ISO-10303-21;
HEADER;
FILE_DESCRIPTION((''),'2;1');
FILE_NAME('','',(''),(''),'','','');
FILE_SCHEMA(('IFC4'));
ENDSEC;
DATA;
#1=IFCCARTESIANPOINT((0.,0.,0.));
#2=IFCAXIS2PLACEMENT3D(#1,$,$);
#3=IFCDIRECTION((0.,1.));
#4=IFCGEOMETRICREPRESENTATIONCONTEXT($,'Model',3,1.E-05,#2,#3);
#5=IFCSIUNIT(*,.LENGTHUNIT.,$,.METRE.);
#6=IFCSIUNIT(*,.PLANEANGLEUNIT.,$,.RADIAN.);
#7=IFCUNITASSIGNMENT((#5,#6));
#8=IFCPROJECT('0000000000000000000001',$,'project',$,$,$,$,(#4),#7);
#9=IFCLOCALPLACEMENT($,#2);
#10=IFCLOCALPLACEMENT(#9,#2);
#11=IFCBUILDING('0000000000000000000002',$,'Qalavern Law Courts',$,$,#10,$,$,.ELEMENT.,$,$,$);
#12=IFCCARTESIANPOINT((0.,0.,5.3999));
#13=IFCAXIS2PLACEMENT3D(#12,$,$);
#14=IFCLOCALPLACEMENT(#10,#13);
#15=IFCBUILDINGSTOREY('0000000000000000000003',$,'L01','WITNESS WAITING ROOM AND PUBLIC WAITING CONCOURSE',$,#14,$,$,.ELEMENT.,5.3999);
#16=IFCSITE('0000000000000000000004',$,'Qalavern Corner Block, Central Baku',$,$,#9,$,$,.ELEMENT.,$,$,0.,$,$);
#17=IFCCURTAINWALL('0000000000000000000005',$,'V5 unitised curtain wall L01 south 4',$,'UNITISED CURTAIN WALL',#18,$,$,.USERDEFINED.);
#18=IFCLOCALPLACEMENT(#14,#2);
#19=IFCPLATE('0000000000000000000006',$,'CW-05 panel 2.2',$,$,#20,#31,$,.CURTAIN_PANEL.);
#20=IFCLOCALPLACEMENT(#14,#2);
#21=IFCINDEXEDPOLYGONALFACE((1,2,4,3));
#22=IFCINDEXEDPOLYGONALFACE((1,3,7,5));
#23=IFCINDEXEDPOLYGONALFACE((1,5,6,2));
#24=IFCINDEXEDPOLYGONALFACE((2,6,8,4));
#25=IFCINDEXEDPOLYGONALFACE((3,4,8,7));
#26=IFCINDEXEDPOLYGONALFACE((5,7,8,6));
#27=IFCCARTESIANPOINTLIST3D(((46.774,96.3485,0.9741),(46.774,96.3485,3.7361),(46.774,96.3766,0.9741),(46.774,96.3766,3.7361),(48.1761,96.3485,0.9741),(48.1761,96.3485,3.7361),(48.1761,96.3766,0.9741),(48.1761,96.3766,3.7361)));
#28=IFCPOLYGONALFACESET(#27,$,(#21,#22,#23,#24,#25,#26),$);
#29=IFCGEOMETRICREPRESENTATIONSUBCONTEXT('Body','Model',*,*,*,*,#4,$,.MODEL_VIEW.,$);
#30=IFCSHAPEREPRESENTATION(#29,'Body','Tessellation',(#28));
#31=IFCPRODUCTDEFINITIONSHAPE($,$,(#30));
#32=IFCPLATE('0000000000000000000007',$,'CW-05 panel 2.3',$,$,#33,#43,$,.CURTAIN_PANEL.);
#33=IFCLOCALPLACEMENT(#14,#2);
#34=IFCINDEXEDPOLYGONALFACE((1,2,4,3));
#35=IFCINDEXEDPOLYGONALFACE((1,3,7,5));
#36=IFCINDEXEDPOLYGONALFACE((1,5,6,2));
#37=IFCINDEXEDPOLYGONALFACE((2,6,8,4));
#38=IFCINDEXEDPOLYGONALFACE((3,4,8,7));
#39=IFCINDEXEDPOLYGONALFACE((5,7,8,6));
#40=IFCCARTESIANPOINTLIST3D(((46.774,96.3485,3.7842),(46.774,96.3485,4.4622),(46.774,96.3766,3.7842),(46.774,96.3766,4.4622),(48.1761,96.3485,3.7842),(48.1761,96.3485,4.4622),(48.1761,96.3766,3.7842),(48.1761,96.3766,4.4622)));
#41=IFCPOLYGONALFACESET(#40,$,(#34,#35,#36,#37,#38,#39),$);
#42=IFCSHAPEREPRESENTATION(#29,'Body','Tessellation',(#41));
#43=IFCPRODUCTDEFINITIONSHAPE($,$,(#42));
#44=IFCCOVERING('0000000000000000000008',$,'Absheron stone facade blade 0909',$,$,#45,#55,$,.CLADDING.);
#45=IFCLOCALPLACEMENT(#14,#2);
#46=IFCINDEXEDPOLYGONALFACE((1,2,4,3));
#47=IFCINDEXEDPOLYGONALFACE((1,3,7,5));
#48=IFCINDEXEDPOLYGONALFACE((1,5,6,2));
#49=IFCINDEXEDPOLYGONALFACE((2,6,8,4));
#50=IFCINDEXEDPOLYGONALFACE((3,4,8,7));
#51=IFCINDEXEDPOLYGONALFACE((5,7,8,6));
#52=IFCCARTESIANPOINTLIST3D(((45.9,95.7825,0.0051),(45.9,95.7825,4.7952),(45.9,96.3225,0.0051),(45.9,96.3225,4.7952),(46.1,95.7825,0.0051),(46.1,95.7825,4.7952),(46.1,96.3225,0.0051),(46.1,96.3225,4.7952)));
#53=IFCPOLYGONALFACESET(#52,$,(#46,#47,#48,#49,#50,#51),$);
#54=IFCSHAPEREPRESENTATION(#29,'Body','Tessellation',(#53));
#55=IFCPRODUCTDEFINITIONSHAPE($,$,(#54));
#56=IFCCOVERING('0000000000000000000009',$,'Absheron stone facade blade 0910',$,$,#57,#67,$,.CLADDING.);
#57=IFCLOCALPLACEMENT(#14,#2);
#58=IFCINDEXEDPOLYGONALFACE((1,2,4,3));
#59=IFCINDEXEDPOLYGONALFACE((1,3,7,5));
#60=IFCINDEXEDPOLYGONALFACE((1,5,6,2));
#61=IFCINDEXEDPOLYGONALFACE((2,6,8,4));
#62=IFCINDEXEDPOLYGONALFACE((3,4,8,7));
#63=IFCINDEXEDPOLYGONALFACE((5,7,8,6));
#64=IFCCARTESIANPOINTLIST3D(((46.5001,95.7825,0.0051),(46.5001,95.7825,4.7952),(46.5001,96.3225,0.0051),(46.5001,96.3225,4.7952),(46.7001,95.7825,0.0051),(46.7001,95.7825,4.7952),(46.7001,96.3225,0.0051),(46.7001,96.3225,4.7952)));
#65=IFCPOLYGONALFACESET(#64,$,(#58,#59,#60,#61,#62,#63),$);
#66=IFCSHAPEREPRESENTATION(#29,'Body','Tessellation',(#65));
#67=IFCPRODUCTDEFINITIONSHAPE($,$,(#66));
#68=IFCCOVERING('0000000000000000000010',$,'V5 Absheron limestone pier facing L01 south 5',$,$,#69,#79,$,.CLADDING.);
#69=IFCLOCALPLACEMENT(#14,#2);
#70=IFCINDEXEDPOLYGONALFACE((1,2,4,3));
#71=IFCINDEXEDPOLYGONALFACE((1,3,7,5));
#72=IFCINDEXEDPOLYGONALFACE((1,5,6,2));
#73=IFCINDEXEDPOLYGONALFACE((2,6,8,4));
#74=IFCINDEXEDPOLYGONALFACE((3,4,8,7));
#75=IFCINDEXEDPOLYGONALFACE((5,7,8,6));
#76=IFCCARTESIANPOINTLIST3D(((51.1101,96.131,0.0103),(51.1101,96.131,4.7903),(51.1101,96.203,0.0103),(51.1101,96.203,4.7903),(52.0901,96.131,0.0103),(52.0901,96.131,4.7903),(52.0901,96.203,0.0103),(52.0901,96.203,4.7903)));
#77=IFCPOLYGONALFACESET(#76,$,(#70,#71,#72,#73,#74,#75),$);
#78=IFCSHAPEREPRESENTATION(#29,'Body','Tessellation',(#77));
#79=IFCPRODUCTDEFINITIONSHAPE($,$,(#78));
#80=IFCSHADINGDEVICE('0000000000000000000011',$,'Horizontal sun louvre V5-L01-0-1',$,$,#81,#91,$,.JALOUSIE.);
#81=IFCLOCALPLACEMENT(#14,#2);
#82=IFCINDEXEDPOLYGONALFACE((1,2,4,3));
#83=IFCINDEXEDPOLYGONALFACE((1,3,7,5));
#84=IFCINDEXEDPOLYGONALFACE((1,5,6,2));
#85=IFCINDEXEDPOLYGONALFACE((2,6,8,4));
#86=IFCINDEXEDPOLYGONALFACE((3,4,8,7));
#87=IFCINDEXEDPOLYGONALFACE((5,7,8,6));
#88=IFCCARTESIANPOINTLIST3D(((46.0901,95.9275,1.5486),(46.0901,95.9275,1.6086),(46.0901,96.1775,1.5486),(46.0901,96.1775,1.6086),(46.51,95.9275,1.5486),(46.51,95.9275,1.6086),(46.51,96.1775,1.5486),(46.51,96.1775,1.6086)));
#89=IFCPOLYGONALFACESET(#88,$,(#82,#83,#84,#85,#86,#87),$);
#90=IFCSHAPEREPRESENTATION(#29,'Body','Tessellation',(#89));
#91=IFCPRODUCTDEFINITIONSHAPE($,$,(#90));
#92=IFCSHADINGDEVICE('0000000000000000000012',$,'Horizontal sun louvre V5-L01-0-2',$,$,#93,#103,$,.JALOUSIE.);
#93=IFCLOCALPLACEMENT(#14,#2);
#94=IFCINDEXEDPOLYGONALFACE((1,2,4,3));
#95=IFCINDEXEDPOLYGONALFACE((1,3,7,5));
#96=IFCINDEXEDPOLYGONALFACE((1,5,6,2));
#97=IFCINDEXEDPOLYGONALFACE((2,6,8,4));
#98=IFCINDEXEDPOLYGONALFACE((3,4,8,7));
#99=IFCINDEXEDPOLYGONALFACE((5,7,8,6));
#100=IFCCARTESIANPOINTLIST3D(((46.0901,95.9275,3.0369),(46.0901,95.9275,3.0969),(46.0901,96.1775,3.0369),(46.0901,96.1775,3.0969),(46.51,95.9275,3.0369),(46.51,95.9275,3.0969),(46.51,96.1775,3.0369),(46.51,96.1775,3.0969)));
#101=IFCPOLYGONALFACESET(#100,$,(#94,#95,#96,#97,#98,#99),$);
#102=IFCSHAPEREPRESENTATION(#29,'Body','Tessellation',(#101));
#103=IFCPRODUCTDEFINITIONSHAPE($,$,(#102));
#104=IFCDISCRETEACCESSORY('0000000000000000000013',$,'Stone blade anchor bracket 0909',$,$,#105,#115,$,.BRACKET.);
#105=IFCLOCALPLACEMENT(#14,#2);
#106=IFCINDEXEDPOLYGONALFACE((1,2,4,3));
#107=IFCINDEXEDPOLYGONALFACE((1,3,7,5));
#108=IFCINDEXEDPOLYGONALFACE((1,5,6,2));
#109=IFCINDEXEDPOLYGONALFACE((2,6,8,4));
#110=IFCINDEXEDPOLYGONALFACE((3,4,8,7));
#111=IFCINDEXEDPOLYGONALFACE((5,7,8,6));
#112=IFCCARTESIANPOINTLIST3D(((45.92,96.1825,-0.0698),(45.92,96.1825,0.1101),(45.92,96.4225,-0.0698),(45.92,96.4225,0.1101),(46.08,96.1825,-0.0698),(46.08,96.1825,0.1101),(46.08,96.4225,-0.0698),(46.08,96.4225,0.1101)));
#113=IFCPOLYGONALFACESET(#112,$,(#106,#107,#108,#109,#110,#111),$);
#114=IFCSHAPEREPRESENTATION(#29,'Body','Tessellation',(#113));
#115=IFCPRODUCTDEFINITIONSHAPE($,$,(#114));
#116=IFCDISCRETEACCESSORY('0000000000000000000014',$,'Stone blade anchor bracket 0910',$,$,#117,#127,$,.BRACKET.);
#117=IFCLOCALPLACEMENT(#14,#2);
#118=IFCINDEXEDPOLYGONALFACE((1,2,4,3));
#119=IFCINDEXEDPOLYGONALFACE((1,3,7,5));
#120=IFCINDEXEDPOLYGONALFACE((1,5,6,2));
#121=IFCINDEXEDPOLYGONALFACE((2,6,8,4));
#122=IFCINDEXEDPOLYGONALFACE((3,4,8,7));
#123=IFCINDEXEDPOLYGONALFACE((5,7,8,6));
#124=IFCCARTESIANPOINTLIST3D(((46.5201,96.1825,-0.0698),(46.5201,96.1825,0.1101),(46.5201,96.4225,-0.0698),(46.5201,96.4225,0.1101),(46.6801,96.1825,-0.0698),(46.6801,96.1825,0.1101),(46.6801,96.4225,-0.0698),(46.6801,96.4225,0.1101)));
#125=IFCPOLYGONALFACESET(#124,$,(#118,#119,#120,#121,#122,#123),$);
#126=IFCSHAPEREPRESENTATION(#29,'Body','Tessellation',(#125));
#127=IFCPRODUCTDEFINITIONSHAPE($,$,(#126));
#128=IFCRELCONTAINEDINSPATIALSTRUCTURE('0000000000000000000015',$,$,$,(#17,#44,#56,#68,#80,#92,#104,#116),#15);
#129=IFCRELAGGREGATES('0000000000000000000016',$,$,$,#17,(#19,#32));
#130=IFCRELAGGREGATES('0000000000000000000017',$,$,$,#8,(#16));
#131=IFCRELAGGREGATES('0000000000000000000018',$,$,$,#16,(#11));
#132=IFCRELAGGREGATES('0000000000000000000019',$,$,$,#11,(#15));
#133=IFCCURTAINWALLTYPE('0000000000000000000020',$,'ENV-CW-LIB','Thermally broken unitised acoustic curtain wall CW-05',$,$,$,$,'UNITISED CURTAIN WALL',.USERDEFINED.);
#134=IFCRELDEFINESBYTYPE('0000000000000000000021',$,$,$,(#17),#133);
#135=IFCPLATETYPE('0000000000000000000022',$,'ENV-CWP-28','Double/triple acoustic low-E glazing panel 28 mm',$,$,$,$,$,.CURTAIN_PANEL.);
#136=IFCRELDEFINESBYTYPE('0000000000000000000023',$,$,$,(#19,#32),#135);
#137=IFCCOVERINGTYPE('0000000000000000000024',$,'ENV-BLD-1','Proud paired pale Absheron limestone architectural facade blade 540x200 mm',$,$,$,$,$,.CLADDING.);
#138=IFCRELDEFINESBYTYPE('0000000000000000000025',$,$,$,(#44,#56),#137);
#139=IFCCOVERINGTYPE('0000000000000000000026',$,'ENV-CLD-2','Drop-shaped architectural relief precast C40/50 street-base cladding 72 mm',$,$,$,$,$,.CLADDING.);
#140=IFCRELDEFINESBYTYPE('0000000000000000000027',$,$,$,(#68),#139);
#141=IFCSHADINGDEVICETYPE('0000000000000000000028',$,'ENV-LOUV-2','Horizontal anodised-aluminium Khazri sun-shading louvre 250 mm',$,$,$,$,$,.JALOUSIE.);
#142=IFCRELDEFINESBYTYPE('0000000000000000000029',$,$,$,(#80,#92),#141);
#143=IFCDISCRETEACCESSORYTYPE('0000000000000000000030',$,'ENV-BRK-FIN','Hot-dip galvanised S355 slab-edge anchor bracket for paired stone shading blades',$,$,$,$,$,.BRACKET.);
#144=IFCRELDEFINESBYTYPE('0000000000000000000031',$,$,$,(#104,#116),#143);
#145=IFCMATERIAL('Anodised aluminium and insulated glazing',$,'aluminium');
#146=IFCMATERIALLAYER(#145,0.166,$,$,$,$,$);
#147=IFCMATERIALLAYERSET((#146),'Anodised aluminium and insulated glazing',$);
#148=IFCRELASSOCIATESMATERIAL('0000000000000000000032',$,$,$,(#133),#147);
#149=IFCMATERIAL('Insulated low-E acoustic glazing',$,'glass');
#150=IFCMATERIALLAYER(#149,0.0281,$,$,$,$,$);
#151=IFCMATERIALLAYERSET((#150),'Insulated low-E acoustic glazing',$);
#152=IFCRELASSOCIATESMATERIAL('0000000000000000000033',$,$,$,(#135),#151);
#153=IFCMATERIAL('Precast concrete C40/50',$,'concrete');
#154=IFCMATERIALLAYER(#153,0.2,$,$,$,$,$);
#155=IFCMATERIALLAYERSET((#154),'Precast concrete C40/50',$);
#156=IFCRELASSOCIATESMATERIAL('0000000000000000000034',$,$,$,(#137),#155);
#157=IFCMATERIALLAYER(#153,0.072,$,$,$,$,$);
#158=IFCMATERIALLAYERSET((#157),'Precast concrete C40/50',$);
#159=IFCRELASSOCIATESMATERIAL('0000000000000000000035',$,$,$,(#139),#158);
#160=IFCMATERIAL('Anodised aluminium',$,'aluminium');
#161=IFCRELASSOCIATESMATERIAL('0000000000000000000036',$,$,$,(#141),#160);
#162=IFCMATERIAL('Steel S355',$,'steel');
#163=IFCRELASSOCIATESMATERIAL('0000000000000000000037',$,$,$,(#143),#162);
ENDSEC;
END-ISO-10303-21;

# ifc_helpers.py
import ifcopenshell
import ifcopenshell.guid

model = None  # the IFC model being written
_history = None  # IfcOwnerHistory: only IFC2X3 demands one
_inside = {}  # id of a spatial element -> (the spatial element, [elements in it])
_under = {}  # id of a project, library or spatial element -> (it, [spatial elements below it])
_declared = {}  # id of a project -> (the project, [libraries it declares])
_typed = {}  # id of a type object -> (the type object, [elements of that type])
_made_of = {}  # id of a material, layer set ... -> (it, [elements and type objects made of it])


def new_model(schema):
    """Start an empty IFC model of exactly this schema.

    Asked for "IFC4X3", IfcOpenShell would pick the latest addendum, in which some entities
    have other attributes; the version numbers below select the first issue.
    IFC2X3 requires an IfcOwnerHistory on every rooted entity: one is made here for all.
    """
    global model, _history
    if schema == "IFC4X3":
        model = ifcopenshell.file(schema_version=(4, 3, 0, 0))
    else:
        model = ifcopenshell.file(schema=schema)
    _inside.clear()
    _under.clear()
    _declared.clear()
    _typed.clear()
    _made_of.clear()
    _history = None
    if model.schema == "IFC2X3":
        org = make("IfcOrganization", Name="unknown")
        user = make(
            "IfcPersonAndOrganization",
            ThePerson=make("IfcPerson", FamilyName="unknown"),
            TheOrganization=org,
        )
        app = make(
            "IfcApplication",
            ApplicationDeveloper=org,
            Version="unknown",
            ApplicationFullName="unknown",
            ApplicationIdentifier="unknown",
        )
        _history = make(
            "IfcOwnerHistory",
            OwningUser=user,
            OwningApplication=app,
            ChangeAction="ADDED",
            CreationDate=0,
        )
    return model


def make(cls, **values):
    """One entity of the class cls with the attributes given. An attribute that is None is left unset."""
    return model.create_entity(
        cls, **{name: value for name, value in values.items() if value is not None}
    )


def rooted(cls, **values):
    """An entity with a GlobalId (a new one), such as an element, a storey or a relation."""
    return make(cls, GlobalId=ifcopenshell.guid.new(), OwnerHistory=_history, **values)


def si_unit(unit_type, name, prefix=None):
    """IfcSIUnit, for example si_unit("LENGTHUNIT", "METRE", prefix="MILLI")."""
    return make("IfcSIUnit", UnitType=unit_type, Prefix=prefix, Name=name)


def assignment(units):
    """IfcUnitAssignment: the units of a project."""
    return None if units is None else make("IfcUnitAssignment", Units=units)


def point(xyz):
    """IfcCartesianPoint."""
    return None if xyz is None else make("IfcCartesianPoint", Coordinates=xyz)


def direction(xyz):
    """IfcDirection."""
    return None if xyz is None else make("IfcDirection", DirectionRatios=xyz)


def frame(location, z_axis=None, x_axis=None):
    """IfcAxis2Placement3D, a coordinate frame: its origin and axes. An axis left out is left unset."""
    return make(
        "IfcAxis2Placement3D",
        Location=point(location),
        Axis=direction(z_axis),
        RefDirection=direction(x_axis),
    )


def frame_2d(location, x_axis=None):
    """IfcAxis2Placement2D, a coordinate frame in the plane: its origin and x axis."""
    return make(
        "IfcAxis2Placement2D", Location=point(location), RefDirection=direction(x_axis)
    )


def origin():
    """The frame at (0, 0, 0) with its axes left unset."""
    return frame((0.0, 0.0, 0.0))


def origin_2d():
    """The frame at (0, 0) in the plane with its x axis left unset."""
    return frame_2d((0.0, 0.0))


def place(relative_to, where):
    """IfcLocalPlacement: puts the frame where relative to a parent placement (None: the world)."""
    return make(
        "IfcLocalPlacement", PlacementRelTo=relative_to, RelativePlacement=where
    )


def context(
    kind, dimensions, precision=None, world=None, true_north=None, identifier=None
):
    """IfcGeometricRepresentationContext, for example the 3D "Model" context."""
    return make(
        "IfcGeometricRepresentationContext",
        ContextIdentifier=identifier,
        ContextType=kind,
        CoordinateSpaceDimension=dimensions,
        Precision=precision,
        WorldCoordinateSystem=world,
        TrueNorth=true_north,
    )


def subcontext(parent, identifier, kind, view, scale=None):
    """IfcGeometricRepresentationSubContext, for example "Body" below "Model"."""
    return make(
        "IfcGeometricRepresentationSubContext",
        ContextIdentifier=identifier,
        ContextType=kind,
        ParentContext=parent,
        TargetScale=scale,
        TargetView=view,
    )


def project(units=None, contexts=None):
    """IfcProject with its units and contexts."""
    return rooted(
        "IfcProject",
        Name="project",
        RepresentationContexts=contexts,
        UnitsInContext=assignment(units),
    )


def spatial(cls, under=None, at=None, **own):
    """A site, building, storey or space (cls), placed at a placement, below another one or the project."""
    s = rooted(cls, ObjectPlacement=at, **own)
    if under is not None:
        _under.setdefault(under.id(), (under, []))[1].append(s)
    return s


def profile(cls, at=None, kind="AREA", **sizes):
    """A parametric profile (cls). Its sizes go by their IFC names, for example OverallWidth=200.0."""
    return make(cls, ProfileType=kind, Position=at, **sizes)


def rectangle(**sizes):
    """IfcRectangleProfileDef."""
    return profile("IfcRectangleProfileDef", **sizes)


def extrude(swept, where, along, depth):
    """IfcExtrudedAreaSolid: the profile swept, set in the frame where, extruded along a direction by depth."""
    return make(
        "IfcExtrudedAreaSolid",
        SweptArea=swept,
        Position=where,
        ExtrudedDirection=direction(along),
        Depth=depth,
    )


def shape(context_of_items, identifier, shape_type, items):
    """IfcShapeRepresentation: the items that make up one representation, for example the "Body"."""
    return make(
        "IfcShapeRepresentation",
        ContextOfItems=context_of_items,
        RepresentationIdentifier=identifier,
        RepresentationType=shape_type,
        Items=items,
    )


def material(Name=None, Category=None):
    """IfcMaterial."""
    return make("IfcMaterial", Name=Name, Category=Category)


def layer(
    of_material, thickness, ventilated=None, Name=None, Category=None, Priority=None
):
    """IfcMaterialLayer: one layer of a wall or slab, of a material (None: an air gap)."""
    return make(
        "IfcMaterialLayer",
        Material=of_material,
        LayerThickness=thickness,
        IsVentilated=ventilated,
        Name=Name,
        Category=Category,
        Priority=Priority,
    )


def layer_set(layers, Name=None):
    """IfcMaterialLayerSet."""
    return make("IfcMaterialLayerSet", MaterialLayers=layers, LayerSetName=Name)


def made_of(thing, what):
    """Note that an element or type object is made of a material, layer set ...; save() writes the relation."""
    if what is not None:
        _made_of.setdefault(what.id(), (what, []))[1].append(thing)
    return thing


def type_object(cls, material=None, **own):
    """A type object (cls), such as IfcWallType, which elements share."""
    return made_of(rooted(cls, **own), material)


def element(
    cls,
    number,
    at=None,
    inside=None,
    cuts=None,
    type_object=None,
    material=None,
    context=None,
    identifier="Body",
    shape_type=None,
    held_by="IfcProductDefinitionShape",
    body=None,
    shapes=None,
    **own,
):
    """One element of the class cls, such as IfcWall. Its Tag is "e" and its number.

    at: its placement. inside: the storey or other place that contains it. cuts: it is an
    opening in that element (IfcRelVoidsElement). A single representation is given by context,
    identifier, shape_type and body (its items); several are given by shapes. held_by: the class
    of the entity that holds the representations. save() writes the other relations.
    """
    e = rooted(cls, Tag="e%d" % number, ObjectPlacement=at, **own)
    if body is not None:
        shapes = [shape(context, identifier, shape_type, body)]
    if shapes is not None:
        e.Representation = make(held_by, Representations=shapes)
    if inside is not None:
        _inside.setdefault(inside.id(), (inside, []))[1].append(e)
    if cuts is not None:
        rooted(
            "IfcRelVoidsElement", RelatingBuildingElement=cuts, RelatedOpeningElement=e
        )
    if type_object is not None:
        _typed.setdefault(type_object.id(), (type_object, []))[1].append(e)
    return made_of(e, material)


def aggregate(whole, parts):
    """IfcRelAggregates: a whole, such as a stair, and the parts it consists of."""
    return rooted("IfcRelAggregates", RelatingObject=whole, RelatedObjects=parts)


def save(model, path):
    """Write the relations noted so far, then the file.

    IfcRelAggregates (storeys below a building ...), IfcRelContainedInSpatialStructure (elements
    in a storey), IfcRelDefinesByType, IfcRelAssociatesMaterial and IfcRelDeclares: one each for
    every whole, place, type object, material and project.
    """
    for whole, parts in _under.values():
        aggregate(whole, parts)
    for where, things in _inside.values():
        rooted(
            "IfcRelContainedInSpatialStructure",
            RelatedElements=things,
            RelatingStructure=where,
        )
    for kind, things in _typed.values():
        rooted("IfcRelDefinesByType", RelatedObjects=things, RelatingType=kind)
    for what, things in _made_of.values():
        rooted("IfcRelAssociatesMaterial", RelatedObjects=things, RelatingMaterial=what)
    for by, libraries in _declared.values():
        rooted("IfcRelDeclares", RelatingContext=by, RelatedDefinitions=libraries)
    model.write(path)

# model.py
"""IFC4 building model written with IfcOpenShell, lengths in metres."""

from ifc_helpers import new_model, si_unit, direction, frame, origin, origin_2d, place, context, subcontext, project, spatial, rectangle, extrude, material, layer, layer_set, type_object, element, aggregate, save


model = new_model("IFC4")

# Units and contexts
model_context = context("Model", 3, precision=1e-05, world=origin(), true_north=direction((0.0, 1.0)))
body_context = subcontext(model_context, "Body", "Model", "MODEL_VIEW")
ifc_project = project(units=[si_unit("LENGTHUNIT", "METRE"), si_unit("PLANEANGLEUNIT", "RADIAN")], contexts=[model_context])

# Site, building, storey
site_placement = place(None, origin())
site = spatial("IfcSite", under=ifc_project, at=site_placement, Name="Qalavern Corner Block, Central Baku", CompositionType="ELEMENT", RefElevation=0.0)
building_placement = place(site_placement, origin())
building = spatial("IfcBuilding", under=site, at=building_placement, Name="Qalavern Law Courts", CompositionType="ELEMENT")
storey_placement = place(building_placement, frame((0.0, 0.0, 5.3999)))
storey = spatial("IfcBuildingStorey", under=building, at=storey_placement, Name="L01", Description="WITNESS WAITING ROOM AND PUBLIC WAITING CONCOURSE", CompositionType="ELEMENT", Elevation=5.3999)

# Curtain wall, plates
ifc_material_1 = material(Name="Anodised aluminium and insulated glazing", Category="aluminium")
ifc_layer_1 = layer(ifc_material_1, 0.166)
ifc_layer_set_1 = layer_set([ifc_layer_1], Name="Anodised aluminium and insulated glazing")
curtain_wall_type = type_object("IfcCurtainWallType", Name="ENV-CW-LIB", Description="Thermally broken unitised acoustic curtain wall CW-05", ElementType="UNITISED CURTAIN WALL", PredefinedType="USERDEFINED", material=ifc_layer_set_1)
curtain_wall_placement = place(storey_placement, origin())
curtain_wall = element("IfcCurtainWall", 1, at=curtain_wall_placement, inside=storey, type_object=curtain_wall_type, Name="V5 unitised curtain wall L01 south 4", ObjectType="UNITISED CURTAIN WALL", PredefinedType="USERDEFINED")
ifc_material_2 = material(Name="Anodised aluminium", Category="aluminium")
ifc_material_3 = material(Name="Insulated low-E acoustic glazing", Category="glass")
ifc_layer_2 = layer(ifc_material_3, 0.0281)
ifc_layer_set_2 = layer_set([ifc_layer_2], Name="Insulated low-E acoustic glazing")
plate_type = type_object("IfcPlateType", Name="ENV-CWP-28", Description="Double/triple acoustic low-E glazing panel 28 mm", PredefinedType="CURTAIN_PANEL", material=ifc_layer_set_2)
plate_1_placement = place(storey_placement, frame((47.4751, 96.3625, 0.9741), z_axis=(0.0, 0.0, 1.0), x_axis=(1.0, 0.0, 0.0)))
plate_1 = element("IfcPlate", 2, at=plate_1_placement, type_object=plate_type, Name="CW-05 panel 2.2", PredefinedType="CURTAIN_PANEL", context=body_context, shape_type="SweptSolid", body=[
    extrude(rectangle(XDim=1.4021, YDim=0.0281, at=origin_2d()), origin(), (0.0, 0.0, 1.0), 2.762),
])
plate_2_placement = place(storey_placement, frame((47.4751, 96.3625, 3.7842), z_axis=(0.0, 0.0, 1.0), x_axis=(1.0, 0.0, 0.0)))
plate_2 = element("IfcPlate", 3, at=plate_2_placement, type_object=plate_type, Name="CW-05 panel 2.3", PredefinedType="CURTAIN_PANEL", context=body_context, shape_type="SweptSolid", body=[
    extrude(rectangle(XDim=1.4021, YDim=0.0281, at=origin_2d()), origin(), (0.0, 0.0, 1.0), 0.678),
])
aggregate(curtain_wall, [plate_1, plate_2])

# Coverings
ifc_material_4 = material(Name="Precast concrete C40/50", Category="concrete")
ifc_layer_3 = layer(ifc_material_4, 0.2)
ifc_layer_set_3 = layer_set([ifc_layer_3], Name="Precast concrete C40/50")
covering_type_1 = type_object("IfcCoveringType", Name="ENV-BLD-1", Description="Proud paired pale Absheron limestone architectural facade blade 540x200 mm", PredefinedType="CLADDING", material=ifc_layer_set_3)
for number, where, z_axis, x_axis, name in (
    (4, (46.0, 96.0525, 0.0051), (0.0, 0.0, 1.0), (0.0, -1.0, 0.0), "Absheron stone facade blade 0909"),
    (5, (46.6001, 96.0525, 0.0051), (0.0, 0.0, 1.0), (0.0, -1.0, 0.0), "Absheron stone facade blade 0910"),
):
    element("IfcCovering", number, at=place(storey_placement, frame(where, z_axis=z_axis, x_axis=x_axis)), inside=storey, type_object=covering_type_1, Name=name, PredefinedType="CLADDING", context=body_context, shape_type="SweptSolid", body=[
        extrude(rectangle(XDim=0.54, YDim=0.2, at=origin_2d()), origin(), (0.0, 0.0, 1.0), 4.79),
    ])
ifc_layer_4 = layer(ifc_material_4, 0.072)
ifc_layer_set_4 = layer_set([ifc_layer_4], Name="Precast concrete C40/50")
covering_type_2 = type_object("IfcCoveringType", Name="ENV-CLD-2", Description="Drop-shaped architectural relief precast C40/50 street-base cladding 72 mm", PredefinedType="CLADDING", material=ifc_layer_set_4)
covering_placement = place(storey_placement, frame((51.6001, 96.167, 0.0103), z_axis=(0.0, 0.0, 1.0), x_axis=(1.0, 0.0, 0.0)))
element("IfcCovering", 6, at=covering_placement, inside=storey, type_object=covering_type_2, Name="V5 Absheron limestone pier facing L01 south 5", PredefinedType="CLADDING", context=body_context, shape_type="SweptSolid", body=[
    extrude(rectangle(XDim=0.98, YDim=0.072, at=origin_2d()), origin(), (0.0, 0.0, 1.0), 4.78),
])

# Shading devices
shading_device_type = type_object("IfcShadingDeviceType", Name="ENV-LOUV-2", Description="Horizontal anodised-aluminium Khazri sun-shading louvre 250 mm", PredefinedType="JALOUSIE", material=ifc_material_2)
for number, where, z_axis, x_axis, name in (
    (7, (46.3, 96.0525, 1.5486), (0.0, 0.0, 1.0), (1.0, 0.0, 0.0), "Horizontal sun louvre V5-L01-0-1"),
    (8, (46.3, 96.0525, 3.0369), (0.0, 0.0, 1.0), (1.0, 0.0, 0.0), "Horizontal sun louvre V5-L01-0-2"),
):
    element("IfcShadingDevice", number, at=place(storey_placement, frame(where, z_axis=z_axis, x_axis=x_axis)), inside=storey, type_object=shading_device_type, Name=name, PredefinedType="JALOUSIE", context=body_context, shape_type="SweptSolid", body=[
        extrude(rectangle(XDim=0.4199, YDim=0.25, at=origin_2d()), origin(), (0.0, 0.0, 1.0), 0.0601),
    ])

# Discrete accessories
ifc_material_5 = material(Name="Steel S355", Category="steel")
discrete_accessory_type = type_object("IfcDiscreteAccessoryType", Name="ENV-BRK-FIN", Description="Hot-dip galvanised S355 slab-edge anchor bracket for paired stone shading blades", PredefinedType="BRACKET", material=ifc_material_5)
for number, where, z_axis, x_axis, name in (
    (9, (46.0, 96.3025, -0.0698), (0.0, 0.0, 1.0), (0.0, -1.0, 0.0), "Stone blade anchor bracket 0909"),
    (10, (46.6001, 96.3025, -0.0698), (0.0, 0.0, 1.0), (0.0, -1.0, 0.0), "Stone blade anchor bracket 0910"),
):
    element("IfcDiscreteAccessory", number, at=place(storey_placement, frame(where, z_axis=z_axis, x_axis=x_axis)), inside=storey, type_object=discrete_accessory_type, Name=name, PredefinedType="BRACKET", context=body_context, shape_type="SweptSolid", body=[
        extrude(rectangle(XDim=0.24, YDim=0.1599, at=origin_2d()), origin(), (0.0, 0.0, 1.0), 0.1799),
    ])

save(model, "model.ifc")
